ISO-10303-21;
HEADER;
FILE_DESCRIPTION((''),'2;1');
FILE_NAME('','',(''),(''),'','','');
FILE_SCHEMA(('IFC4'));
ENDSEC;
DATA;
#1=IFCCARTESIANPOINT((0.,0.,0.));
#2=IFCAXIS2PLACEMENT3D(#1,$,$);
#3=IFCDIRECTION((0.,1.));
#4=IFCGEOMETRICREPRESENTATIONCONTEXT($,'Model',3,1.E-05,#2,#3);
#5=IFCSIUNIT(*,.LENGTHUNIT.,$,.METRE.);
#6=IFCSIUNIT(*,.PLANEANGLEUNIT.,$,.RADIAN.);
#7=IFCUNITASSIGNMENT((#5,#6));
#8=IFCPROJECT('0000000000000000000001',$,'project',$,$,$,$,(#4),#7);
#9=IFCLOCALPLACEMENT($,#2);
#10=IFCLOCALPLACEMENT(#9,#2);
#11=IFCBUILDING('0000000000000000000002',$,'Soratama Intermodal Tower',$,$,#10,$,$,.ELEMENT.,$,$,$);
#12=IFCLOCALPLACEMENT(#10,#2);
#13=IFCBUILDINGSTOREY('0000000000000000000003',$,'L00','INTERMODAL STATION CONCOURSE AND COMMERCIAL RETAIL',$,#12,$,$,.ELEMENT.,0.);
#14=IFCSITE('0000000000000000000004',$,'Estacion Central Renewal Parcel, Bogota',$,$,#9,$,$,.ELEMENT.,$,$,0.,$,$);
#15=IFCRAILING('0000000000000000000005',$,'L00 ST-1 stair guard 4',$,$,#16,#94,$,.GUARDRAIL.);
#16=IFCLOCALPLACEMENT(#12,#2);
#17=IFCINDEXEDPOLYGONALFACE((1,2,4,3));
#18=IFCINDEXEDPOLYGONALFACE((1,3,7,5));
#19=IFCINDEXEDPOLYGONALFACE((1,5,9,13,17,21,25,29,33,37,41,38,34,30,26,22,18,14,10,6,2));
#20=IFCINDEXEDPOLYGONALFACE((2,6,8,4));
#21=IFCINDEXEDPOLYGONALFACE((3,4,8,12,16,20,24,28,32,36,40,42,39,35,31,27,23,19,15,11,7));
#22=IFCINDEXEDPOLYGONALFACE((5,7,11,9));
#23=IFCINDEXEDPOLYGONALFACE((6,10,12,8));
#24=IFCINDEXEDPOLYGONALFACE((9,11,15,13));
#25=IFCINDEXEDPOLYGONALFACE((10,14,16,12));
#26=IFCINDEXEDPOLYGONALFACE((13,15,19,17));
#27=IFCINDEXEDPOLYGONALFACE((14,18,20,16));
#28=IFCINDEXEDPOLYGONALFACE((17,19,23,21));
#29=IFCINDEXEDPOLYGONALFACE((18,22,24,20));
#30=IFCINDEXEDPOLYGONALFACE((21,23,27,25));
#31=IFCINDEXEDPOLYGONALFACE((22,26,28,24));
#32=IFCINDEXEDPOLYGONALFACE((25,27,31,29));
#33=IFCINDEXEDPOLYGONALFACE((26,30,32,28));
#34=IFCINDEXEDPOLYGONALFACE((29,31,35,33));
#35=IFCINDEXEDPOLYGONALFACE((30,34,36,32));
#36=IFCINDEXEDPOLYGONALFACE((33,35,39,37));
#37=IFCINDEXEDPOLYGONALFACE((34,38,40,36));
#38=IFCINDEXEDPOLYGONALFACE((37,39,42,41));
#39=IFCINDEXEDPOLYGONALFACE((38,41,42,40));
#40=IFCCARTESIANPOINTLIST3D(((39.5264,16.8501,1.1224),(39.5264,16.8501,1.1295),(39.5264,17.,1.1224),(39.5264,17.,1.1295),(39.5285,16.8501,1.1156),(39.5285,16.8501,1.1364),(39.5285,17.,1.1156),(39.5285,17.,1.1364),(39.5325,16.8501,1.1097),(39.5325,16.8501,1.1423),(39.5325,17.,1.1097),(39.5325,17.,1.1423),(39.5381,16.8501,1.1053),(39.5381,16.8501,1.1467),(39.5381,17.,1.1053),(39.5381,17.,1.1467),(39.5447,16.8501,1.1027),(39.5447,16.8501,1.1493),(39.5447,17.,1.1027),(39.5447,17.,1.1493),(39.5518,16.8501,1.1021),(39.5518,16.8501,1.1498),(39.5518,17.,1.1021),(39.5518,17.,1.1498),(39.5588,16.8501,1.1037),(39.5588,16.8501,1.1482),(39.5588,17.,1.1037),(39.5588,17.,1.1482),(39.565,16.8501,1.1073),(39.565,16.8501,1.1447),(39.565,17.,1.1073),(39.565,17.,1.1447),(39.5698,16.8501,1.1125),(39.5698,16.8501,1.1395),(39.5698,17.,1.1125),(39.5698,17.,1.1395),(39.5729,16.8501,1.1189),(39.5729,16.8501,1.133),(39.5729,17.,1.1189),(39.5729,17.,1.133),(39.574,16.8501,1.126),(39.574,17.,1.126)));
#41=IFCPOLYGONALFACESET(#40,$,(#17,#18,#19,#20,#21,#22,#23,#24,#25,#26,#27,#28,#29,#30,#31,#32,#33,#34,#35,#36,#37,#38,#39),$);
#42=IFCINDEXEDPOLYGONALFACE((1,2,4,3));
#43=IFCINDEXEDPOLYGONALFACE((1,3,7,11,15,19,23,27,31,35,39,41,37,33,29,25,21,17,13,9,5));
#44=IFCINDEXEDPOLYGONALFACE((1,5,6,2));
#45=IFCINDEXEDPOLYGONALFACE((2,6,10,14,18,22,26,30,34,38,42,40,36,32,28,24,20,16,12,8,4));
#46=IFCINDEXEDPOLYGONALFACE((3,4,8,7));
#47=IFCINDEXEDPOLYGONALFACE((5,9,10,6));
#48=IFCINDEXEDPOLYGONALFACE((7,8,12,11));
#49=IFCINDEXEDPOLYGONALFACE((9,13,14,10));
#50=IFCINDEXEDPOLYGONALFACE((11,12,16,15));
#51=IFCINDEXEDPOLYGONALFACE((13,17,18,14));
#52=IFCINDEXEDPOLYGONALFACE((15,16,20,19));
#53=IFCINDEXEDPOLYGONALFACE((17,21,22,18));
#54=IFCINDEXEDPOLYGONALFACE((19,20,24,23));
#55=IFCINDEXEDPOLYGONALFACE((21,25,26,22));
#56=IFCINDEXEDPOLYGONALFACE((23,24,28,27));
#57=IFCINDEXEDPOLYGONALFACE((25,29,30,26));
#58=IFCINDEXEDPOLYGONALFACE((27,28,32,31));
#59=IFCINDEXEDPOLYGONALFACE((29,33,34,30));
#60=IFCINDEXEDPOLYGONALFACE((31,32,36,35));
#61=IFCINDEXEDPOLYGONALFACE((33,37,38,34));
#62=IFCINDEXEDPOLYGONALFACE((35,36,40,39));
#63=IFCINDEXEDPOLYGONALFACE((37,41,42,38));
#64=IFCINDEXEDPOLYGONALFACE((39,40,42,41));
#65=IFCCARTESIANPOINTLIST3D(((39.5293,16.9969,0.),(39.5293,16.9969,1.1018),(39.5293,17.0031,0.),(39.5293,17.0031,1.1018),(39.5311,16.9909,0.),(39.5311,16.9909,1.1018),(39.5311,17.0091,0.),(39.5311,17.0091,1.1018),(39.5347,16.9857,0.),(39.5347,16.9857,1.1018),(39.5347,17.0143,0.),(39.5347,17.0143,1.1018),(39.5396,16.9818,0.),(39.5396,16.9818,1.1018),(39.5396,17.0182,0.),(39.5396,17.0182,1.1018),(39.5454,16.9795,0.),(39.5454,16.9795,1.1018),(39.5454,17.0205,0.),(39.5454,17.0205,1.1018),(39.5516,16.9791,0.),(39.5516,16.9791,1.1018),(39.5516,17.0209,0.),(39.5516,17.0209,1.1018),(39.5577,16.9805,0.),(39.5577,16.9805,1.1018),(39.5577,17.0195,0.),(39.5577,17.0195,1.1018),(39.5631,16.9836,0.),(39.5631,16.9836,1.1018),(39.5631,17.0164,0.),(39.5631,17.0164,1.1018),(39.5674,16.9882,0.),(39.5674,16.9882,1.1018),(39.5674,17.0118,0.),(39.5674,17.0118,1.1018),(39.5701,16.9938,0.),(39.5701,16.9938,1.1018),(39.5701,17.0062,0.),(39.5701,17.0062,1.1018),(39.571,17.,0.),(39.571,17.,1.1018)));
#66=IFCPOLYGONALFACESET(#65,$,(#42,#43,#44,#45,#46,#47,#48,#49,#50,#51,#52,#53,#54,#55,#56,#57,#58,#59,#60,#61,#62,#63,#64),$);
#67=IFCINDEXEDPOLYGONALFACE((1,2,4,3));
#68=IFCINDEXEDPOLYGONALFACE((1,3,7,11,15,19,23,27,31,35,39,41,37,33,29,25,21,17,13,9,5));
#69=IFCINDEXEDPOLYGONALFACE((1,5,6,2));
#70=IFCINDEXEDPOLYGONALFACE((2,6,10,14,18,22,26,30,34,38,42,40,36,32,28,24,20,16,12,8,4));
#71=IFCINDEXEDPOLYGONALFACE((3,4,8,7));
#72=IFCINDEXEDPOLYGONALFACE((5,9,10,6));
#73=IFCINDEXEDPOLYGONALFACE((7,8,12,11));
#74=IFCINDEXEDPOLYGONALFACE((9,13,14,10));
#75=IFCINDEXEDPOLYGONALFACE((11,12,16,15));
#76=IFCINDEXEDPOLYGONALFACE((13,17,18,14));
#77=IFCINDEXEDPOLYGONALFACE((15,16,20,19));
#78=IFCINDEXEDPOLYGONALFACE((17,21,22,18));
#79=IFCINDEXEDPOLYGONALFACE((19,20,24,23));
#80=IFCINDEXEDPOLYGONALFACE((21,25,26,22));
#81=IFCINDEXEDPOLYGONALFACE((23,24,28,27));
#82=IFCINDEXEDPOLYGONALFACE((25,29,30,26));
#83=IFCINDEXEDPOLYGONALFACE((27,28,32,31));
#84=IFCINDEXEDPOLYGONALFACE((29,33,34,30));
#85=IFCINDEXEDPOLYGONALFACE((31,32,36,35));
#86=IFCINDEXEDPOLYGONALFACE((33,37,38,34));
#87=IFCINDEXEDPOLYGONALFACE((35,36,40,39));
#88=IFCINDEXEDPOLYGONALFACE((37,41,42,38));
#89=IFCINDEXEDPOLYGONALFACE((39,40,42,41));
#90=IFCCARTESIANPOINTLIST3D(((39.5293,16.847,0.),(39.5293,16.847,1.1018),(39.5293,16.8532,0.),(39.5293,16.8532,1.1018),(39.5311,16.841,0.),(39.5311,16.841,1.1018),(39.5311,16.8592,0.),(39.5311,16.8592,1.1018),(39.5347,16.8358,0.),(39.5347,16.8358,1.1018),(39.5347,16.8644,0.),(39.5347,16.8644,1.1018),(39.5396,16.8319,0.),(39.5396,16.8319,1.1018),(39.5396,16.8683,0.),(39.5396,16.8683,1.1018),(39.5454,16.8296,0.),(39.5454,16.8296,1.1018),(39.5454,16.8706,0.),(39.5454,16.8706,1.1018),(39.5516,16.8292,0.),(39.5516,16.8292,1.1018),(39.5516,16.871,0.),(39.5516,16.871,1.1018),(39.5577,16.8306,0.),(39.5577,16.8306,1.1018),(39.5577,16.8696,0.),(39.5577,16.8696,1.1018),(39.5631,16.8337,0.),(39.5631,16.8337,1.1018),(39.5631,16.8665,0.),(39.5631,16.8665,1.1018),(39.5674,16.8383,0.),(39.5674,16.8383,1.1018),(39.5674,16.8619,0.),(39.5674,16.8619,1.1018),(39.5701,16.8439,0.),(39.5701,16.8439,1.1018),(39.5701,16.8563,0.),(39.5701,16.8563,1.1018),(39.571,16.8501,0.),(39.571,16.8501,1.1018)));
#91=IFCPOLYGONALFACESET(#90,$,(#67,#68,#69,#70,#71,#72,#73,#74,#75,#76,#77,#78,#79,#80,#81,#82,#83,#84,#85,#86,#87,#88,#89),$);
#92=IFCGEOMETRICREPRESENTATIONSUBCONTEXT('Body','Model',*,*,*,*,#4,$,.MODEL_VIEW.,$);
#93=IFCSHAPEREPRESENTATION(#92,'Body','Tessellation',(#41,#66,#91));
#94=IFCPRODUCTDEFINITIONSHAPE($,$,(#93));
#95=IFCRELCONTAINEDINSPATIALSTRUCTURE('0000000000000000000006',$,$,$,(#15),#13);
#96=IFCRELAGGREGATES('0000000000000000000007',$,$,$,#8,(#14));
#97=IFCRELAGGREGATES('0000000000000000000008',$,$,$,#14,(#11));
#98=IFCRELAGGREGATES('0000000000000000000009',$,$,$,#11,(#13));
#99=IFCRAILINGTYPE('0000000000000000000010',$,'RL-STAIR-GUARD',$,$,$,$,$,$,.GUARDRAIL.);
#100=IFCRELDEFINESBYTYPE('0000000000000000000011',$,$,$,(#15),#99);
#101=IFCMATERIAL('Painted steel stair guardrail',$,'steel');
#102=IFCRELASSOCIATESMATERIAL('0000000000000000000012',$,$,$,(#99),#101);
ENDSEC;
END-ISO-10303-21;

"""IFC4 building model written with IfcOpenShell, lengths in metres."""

from ifc_helpers import new_model, si_unit, direction, frame, origin, origin_2d, place, context, subcontext, project, spatial, circle, extrude, material, type_object, element, save


model = new_model("IFC4")

# Units and contexts
model_context = context("Model", 3, precision=1e-05, world=origin(), true_north=direction((0.0, 1.0)))
body_context = subcontext(model_context, "Body", "Model", "MODEL_VIEW")
ifc_project = project(units=[si_unit("LENGTHUNIT", "METRE"), si_unit("PLANEANGLEUNIT", "RADIAN")], contexts=[model_context])

# Site, building, storey
site_placement = place(None, origin())
site = spatial("IfcSite", under=ifc_project, at=site_placement, Name="Estacion Central Renewal Parcel, Bogota", CompositionType="ELEMENT", RefElevation=0.0)
building_placement = place(site_placement, origin())
building = spatial("IfcBuilding", under=site, at=building_placement, Name="Soratama Intermodal Tower", CompositionType="ELEMENT")
storey_placement = place(building_placement, origin())
storey = spatial("IfcBuildingStorey", under=building, at=storey_placement, Name="L00", Description="INTERMODAL STATION CONCOURSE AND COMMERCIAL RETAIL", CompositionType="ELEMENT", Elevation=0.0)

# Railing
ifc_material_1 = material(Name="Painted steel stair guardrail", Category="steel")
railing_type_1 = type_object("IfcRailingType", Name="RL-STAIR-GUARD", PredefinedType="GUARDRAIL", material=ifc_material_1)
railing_1_placement = place(storey_placement, frame((39.55, 17.0, 0.0)))
element("IfcRailing", 1, at=railing_1_placement, inside=storey, type_object=railing_type_1, Name="L00 ST-1 stair guard 4", PredefinedType="GUARDRAIL", context=body_context, shape_type="SweptSolid", body=[
    extrude(circle(Radius=0.0239, at=origin_2d()), frame((0.0, 0.0, 1.126), z_axis=(0.0, -1.0, 0.0), x_axis=(1.0, 0.0, 0.0)), (0.0, 0.0, 1.0), 0.1499),
    extrude(circle(Radius=0.021, at=origin_2d()), origin(), (0.0, 0.0, 1.0), 1.1018),
    extrude(circle(Radius=0.021, at=origin_2d()), frame((0.0, -0.1499, 0.0)), (0.0, 0.0, 1.0), 1.1018),
])

save(model, "model.ifc")
